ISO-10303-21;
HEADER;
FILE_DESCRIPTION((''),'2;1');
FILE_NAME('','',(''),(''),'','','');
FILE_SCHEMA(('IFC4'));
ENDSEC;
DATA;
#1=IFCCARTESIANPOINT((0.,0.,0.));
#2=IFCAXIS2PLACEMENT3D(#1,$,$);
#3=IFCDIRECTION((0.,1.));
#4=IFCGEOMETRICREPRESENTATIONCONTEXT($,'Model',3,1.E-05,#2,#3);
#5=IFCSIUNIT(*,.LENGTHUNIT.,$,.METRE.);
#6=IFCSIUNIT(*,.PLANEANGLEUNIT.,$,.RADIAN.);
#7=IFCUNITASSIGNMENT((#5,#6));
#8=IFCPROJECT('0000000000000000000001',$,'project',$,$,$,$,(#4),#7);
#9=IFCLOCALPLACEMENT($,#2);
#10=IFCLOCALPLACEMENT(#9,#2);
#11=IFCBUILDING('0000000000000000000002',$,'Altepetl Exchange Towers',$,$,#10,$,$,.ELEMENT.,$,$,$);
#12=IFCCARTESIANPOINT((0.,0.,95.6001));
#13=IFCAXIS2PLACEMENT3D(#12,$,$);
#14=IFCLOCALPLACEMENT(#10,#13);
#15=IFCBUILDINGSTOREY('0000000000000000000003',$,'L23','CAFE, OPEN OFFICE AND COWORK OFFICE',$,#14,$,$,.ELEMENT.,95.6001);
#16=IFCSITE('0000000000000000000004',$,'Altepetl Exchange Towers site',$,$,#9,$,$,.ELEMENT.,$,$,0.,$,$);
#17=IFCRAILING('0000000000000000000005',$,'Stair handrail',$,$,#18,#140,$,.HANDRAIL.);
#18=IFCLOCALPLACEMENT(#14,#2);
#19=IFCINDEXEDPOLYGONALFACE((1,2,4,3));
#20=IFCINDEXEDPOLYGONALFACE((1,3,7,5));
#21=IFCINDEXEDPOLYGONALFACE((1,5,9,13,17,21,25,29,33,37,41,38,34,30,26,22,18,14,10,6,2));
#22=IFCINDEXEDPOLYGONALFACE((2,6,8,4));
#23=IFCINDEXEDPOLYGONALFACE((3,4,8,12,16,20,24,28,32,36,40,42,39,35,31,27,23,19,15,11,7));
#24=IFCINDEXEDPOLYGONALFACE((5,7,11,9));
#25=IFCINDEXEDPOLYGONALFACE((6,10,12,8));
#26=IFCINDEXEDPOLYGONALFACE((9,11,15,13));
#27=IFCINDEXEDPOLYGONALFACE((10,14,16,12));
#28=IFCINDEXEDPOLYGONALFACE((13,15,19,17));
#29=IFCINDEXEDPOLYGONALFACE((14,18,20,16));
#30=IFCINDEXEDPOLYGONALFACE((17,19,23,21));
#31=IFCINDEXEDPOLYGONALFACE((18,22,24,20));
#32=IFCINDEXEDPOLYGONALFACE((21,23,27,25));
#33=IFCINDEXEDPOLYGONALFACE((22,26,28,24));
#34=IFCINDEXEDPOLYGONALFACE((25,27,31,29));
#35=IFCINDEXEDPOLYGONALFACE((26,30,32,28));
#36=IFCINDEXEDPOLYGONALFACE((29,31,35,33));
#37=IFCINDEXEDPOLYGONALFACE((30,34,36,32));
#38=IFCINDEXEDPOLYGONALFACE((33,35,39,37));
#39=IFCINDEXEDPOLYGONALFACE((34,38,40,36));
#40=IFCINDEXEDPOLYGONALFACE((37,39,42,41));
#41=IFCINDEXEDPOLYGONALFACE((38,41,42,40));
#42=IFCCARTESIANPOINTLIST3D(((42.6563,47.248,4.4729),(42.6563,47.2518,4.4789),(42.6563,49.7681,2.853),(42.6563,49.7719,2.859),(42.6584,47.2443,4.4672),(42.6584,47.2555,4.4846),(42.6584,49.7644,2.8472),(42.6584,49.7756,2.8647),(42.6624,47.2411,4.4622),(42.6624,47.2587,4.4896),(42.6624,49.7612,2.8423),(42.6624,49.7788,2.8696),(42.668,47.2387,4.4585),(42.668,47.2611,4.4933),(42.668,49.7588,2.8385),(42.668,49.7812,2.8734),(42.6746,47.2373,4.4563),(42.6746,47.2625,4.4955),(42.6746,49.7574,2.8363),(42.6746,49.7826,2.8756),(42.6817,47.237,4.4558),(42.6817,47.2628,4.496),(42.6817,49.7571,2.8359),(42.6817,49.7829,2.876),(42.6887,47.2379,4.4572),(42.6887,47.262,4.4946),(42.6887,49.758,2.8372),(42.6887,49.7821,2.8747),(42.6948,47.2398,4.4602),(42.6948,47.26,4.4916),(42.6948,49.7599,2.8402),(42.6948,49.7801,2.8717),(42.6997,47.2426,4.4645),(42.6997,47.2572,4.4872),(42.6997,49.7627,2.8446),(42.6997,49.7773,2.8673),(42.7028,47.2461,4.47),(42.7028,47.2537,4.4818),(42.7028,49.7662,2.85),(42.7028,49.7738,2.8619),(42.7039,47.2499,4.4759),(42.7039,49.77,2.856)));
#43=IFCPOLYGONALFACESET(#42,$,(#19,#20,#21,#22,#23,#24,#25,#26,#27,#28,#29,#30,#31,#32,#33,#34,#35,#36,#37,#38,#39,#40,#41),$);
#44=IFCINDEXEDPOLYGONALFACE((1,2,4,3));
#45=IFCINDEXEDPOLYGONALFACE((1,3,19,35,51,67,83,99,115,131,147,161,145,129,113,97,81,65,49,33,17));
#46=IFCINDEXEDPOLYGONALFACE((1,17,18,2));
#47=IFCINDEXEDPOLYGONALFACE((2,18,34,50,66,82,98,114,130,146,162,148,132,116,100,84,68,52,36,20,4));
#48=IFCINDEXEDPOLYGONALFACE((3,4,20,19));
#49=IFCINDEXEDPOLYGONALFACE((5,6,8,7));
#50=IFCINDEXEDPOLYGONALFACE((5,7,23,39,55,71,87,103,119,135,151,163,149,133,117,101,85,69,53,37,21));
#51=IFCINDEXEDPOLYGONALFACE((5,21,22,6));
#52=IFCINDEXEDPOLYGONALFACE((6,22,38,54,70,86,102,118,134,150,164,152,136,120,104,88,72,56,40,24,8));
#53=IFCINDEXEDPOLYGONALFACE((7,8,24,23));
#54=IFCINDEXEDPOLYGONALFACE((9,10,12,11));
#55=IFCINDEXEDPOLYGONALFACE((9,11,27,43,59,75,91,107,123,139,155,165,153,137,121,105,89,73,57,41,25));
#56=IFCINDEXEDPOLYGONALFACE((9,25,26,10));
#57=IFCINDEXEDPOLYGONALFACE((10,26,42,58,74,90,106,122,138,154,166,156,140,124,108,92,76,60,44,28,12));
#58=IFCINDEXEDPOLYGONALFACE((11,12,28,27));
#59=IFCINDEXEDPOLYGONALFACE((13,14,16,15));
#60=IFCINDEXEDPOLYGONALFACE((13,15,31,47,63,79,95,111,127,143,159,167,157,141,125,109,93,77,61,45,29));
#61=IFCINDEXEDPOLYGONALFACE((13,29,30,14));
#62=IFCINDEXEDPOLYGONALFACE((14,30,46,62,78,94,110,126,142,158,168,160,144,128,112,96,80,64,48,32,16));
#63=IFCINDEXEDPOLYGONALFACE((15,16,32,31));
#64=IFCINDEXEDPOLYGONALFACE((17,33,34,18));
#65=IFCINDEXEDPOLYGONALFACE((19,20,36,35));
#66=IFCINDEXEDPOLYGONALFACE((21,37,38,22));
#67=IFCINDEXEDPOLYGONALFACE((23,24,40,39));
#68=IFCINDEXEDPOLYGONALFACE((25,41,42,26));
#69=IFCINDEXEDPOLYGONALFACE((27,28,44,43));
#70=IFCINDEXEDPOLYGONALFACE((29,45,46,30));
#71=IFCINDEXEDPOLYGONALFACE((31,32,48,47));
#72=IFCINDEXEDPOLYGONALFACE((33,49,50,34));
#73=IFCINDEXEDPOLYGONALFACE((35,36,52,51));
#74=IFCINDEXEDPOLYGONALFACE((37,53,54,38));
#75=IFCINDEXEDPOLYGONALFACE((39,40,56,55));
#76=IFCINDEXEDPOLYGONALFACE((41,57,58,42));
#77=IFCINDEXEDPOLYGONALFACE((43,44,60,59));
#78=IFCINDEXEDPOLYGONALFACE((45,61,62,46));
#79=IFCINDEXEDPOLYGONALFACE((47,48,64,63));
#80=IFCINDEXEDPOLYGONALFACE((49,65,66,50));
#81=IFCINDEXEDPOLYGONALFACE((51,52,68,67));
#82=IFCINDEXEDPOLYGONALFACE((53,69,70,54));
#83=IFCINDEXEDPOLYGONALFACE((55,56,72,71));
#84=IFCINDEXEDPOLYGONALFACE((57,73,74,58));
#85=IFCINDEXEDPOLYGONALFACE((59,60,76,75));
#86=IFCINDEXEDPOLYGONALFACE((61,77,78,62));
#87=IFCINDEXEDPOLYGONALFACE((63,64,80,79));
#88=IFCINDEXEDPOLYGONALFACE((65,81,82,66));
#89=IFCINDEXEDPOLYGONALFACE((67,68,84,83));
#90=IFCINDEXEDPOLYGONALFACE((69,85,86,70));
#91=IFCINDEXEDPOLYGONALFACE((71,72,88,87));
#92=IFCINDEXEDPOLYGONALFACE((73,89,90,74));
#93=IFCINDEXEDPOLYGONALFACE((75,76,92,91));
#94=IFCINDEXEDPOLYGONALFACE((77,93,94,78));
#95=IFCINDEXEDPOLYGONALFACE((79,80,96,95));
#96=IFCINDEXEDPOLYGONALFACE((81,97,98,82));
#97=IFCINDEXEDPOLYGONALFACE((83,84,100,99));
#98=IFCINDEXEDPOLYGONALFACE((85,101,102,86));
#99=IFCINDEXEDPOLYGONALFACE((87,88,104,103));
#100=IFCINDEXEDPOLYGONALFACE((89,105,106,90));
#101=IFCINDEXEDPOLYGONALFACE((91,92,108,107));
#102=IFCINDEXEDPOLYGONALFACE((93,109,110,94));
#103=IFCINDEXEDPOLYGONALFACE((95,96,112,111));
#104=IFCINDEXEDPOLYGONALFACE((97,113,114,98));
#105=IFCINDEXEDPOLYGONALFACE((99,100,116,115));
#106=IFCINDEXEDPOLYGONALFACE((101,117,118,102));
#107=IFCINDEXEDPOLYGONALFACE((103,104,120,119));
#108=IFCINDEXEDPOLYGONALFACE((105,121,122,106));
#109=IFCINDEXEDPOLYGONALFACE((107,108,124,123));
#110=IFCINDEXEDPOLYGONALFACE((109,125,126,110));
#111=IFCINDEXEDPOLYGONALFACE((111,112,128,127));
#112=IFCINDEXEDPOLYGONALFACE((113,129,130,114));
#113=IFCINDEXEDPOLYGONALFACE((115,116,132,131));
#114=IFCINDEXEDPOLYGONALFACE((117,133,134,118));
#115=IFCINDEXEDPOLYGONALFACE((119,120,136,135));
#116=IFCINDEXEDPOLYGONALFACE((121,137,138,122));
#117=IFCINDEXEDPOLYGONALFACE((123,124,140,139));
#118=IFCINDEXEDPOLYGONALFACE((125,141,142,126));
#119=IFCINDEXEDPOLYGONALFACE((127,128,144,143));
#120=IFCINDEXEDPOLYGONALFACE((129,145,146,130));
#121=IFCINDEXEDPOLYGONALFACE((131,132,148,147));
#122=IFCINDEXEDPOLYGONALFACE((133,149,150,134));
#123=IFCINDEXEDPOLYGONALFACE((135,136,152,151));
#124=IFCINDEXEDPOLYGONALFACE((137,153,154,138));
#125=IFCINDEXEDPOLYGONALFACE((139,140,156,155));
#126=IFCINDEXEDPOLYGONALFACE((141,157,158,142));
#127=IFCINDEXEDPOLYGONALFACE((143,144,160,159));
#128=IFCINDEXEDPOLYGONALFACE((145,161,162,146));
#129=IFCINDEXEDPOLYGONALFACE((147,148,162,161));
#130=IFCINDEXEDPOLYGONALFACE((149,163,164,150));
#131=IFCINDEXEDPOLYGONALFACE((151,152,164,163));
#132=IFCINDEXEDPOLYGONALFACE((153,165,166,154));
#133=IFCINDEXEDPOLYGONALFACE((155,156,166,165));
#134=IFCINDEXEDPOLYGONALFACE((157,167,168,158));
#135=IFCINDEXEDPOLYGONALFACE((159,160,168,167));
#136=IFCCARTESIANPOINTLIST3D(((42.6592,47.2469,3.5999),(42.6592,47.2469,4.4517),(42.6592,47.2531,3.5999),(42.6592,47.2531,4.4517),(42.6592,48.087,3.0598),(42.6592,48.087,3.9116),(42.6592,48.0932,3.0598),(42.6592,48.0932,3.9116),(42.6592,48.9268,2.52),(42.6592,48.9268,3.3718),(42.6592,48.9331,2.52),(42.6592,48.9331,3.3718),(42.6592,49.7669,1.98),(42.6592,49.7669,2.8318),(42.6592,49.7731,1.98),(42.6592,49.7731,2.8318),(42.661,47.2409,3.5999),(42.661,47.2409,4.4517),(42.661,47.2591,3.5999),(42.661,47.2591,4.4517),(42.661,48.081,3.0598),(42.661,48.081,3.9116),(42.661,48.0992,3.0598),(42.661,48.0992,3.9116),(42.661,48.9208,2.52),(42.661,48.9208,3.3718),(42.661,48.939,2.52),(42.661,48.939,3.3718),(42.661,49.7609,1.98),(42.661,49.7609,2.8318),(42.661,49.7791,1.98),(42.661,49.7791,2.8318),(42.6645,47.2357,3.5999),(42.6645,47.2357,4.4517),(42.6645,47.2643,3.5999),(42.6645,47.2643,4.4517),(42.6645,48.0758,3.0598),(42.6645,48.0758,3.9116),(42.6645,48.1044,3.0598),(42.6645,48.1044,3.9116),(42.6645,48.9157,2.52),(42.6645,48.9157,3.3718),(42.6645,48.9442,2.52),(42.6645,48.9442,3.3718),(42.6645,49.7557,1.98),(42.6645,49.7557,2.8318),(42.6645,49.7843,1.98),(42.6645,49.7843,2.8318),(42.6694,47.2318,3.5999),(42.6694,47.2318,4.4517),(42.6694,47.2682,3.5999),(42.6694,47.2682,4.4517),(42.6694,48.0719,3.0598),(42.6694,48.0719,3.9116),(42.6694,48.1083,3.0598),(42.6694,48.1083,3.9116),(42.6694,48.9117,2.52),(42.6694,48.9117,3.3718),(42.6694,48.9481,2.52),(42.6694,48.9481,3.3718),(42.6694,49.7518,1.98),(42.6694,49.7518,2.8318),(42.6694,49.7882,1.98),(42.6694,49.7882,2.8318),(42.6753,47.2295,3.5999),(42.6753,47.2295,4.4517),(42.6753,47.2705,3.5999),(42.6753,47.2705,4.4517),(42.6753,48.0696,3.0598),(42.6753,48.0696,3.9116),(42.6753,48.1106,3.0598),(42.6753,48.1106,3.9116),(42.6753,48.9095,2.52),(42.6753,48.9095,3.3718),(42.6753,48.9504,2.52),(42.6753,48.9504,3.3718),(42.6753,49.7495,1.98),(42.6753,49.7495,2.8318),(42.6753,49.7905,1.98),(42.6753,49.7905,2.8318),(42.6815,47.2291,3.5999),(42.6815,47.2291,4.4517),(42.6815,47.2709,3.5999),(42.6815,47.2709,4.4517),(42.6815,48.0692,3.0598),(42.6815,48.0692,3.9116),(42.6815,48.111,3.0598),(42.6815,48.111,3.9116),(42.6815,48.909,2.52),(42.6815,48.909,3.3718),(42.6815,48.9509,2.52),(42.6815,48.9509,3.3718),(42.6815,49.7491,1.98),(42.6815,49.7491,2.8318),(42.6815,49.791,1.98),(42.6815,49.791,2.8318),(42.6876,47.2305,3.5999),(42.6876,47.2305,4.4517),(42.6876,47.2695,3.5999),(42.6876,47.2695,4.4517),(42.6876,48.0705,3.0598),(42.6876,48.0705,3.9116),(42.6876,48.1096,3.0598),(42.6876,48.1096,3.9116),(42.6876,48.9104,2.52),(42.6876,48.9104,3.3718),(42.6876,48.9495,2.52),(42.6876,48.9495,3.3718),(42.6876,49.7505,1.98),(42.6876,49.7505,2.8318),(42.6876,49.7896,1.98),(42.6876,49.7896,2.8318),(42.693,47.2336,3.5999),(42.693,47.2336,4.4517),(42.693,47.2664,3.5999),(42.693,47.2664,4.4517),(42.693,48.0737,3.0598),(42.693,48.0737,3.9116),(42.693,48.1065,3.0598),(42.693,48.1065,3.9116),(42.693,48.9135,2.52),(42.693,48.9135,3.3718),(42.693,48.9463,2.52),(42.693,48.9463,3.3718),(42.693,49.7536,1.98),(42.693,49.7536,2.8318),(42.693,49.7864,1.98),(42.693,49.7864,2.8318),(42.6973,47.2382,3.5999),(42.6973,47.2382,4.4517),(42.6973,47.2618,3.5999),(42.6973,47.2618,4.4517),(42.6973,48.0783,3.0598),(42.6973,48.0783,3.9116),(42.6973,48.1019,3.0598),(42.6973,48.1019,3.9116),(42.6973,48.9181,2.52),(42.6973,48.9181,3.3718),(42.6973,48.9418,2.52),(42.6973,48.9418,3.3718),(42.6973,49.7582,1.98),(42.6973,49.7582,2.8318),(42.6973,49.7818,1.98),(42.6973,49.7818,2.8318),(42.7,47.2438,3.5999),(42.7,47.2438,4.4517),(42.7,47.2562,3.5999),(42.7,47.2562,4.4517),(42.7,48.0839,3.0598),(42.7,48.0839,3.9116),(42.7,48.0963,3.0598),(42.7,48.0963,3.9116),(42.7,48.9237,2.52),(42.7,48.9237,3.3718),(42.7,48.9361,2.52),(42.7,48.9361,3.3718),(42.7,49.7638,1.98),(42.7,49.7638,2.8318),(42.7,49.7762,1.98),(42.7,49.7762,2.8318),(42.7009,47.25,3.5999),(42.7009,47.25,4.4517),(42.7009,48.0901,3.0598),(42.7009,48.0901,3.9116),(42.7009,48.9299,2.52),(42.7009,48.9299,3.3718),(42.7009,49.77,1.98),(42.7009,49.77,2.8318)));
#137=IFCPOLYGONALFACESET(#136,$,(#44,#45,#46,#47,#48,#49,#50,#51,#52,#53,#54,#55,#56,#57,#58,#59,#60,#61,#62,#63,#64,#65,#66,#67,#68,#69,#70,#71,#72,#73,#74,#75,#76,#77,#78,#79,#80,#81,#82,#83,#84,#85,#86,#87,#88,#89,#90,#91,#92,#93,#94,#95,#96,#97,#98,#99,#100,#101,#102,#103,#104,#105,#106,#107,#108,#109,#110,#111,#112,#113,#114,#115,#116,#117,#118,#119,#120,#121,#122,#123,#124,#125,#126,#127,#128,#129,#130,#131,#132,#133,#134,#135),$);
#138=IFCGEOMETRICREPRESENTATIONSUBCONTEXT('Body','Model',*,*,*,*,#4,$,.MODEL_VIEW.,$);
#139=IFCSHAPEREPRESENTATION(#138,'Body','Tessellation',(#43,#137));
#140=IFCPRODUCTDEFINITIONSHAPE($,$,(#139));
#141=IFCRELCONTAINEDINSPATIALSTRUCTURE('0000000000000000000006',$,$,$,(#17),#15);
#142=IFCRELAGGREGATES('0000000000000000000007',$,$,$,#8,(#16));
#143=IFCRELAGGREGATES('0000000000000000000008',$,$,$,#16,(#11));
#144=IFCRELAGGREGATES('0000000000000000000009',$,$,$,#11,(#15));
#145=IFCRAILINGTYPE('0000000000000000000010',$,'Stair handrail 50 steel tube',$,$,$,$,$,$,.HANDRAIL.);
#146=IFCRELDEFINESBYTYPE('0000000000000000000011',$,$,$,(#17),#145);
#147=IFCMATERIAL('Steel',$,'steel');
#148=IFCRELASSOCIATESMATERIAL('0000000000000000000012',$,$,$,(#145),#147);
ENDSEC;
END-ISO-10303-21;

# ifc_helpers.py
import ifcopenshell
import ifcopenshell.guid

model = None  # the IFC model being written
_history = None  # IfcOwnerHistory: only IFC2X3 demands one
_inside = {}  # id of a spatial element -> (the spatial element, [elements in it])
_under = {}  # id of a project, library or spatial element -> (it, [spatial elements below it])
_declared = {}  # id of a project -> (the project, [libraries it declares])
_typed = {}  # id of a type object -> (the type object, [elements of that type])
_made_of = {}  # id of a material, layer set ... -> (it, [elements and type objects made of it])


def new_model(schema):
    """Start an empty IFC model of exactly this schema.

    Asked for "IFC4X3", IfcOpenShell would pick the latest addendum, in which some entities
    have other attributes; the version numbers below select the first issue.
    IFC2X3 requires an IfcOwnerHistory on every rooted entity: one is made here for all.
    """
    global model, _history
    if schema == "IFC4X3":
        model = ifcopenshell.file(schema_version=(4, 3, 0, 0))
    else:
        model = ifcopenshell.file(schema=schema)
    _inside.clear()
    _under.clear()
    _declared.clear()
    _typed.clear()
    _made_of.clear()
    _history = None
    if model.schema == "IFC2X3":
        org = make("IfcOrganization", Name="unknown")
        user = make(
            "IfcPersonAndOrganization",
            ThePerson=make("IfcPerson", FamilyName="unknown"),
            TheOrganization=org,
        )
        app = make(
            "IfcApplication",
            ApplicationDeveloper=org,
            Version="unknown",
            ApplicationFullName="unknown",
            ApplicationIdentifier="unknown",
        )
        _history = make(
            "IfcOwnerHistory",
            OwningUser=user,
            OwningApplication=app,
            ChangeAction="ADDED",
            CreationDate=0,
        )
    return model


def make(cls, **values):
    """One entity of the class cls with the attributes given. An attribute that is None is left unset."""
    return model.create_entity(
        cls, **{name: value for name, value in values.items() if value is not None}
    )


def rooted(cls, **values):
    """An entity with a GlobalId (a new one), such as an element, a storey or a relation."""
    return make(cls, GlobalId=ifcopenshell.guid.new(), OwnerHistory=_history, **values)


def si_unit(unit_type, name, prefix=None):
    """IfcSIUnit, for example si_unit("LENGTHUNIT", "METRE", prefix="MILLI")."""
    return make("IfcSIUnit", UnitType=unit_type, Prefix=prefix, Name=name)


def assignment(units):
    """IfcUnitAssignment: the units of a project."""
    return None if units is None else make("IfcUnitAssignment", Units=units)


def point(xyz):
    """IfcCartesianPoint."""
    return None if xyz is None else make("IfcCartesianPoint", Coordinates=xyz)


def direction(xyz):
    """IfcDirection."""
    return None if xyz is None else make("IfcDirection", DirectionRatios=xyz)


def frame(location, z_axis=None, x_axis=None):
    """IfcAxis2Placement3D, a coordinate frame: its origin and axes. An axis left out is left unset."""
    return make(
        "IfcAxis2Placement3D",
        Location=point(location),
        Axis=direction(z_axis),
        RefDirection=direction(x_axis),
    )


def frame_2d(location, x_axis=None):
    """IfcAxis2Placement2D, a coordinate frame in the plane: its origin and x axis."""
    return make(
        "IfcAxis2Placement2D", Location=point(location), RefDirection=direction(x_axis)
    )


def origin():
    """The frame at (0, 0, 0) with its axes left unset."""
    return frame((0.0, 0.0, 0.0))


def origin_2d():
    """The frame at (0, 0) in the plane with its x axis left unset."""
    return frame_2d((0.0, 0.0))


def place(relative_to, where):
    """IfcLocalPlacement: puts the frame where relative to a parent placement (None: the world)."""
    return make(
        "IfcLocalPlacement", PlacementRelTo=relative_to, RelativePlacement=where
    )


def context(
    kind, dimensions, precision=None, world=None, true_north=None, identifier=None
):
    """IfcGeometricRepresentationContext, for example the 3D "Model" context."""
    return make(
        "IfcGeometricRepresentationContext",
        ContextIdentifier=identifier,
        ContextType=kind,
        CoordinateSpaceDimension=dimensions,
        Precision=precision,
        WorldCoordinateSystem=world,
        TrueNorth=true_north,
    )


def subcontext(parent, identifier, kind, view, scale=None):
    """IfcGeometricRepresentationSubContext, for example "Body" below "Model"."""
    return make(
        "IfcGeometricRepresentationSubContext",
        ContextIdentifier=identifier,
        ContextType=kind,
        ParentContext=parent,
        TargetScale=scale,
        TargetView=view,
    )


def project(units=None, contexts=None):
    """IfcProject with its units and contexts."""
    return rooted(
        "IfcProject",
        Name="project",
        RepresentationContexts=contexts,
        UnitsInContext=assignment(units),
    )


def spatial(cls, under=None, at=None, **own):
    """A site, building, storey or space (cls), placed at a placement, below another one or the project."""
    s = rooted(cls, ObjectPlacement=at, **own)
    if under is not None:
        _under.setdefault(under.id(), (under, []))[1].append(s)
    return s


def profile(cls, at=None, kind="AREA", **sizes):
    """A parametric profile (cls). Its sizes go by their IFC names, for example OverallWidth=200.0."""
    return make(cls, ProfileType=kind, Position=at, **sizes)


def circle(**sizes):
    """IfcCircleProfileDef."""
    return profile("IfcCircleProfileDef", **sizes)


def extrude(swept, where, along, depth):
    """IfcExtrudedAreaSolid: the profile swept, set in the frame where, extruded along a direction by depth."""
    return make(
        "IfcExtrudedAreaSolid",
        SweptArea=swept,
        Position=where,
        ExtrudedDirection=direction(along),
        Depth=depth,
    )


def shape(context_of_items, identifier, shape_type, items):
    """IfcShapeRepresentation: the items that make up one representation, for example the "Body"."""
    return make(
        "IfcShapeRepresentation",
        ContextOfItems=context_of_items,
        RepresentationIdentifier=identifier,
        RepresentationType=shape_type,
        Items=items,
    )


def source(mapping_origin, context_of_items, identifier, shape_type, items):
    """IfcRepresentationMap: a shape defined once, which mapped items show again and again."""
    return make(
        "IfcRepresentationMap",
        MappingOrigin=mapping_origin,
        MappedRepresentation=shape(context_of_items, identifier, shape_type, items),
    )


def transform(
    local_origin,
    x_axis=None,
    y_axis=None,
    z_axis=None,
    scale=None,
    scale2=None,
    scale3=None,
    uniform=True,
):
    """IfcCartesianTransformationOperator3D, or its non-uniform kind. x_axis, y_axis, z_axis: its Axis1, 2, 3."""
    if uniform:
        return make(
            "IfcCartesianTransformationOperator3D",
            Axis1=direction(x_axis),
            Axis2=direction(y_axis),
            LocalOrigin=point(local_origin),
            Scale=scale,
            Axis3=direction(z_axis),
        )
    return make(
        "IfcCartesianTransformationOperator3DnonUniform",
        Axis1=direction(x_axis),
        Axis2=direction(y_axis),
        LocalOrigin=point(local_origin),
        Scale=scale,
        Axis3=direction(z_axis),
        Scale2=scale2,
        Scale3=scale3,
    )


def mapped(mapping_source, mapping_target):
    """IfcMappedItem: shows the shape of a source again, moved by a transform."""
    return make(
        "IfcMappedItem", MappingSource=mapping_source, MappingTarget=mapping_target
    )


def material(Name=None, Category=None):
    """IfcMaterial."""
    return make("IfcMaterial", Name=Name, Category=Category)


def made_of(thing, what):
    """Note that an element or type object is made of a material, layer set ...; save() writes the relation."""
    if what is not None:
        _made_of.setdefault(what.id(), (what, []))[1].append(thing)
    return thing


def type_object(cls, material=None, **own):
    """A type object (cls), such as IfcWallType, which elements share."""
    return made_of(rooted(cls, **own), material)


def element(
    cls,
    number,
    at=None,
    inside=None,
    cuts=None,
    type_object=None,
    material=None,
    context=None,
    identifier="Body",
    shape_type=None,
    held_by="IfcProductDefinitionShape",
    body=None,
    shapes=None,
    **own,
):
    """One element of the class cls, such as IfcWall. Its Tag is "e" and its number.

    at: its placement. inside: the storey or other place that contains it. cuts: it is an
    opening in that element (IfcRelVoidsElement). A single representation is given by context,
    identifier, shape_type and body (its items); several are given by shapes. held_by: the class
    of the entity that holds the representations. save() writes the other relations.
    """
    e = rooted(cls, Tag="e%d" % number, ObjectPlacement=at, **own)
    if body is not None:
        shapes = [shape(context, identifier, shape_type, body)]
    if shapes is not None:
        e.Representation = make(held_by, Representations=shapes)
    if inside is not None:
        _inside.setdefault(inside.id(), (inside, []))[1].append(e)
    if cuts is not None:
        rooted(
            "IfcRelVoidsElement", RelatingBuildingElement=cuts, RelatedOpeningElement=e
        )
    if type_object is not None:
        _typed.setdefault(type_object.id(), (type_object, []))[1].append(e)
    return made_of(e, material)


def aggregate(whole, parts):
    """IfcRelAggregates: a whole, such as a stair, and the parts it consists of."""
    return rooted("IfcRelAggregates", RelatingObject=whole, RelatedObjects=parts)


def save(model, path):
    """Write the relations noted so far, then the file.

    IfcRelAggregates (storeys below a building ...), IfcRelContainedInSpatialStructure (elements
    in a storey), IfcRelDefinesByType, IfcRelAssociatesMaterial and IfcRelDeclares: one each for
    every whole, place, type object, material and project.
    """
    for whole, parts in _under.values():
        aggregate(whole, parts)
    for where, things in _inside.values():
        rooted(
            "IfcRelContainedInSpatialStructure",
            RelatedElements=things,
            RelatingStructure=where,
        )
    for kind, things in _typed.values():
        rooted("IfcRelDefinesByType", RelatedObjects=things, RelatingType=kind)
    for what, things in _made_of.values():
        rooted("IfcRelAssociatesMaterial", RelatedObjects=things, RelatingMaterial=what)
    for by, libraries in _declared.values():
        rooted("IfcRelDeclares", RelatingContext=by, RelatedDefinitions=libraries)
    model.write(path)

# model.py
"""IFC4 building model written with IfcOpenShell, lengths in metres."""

from ifc_helpers import new_model, si_unit, direction, frame, origin, origin_2d, place, context, subcontext, project, spatial, circle, extrude, source, transform, mapped, material, type_object, element, save


model = new_model("IFC4")

# Units and contexts
model_context = context("Model", 3, precision=1e-05, world=origin(), true_north=direction((0.0, 1.0)))
body_context = subcontext(model_context, "Body", "Model", "MODEL_VIEW")
ifc_project = project(units=[si_unit("LENGTHUNIT", "METRE"), si_unit("PLANEANGLEUNIT", "RADIAN")], contexts=[model_context])

# Site, building, storey
site_placement = place(None, origin())
site = spatial("IfcSite", under=ifc_project, at=site_placement, Name="Altepetl Exchange Towers site", CompositionType="ELEMENT", RefElevation=0.0)
building_placement = place(site_placement, origin())
building = spatial("IfcBuilding", under=site, at=building_placement, Name="Altepetl Exchange Towers", CompositionType="ELEMENT")
storey_placement = place(building_placement, frame((0.0, 0.0, 95.6001)))
storey = spatial("IfcBuildingStorey", under=building, at=storey_placement, Name="L23", Description="CAFE, OPEN OFFICE AND COWORK OFFICE", CompositionType="ELEMENT", Elevation=95.6001)

# Railing
ifc_material_1 = material(Name="Steel", Category="steel")
railing_type = type_object("IfcRailingType", Name="Stair handrail 50 steel tube", PredefinedType="HANDRAIL", material=ifc_material_1)
shared_shape = source(origin(), body_context, "Body", "SweptSolid", [
    extrude(circle(Radius=0.021, at=origin_2d()), origin(), (0.0, 0.0, 1.0), 0.8518),
])
railing_1_placement = place(storey_placement, frame((42.6799, 49.77, 1.98)))
element("IfcRailing", 1, at=railing_1_placement, inside=storey, type_object=railing_type, Name="Stair handrail", PredefinedType="HANDRAIL", context=body_context, shape_type="SweptSolid", body=[
    extrude(circle(Radius=0.0239, at=origin_2d()), frame((0.0, 0.0, 0.876), z_axis=(0.0, -0.8412, 0.540725), x_axis=(1.0, 0.0, 0.0)), (0.0, 0.0, 1.0), 2.9958),
    mapped(shared_shape, transform((0.0, 0.0, 0.0))),
    mapped(shared_shape, transform((0.0, -0.8401, 0.54))),
    mapped(shared_shape, transform((0.0, -1.6799, 1.0798))),
    mapped(shared_shape, transform((0.0, -2.52, 1.6199))),
])

save(model, "model.ifc")
